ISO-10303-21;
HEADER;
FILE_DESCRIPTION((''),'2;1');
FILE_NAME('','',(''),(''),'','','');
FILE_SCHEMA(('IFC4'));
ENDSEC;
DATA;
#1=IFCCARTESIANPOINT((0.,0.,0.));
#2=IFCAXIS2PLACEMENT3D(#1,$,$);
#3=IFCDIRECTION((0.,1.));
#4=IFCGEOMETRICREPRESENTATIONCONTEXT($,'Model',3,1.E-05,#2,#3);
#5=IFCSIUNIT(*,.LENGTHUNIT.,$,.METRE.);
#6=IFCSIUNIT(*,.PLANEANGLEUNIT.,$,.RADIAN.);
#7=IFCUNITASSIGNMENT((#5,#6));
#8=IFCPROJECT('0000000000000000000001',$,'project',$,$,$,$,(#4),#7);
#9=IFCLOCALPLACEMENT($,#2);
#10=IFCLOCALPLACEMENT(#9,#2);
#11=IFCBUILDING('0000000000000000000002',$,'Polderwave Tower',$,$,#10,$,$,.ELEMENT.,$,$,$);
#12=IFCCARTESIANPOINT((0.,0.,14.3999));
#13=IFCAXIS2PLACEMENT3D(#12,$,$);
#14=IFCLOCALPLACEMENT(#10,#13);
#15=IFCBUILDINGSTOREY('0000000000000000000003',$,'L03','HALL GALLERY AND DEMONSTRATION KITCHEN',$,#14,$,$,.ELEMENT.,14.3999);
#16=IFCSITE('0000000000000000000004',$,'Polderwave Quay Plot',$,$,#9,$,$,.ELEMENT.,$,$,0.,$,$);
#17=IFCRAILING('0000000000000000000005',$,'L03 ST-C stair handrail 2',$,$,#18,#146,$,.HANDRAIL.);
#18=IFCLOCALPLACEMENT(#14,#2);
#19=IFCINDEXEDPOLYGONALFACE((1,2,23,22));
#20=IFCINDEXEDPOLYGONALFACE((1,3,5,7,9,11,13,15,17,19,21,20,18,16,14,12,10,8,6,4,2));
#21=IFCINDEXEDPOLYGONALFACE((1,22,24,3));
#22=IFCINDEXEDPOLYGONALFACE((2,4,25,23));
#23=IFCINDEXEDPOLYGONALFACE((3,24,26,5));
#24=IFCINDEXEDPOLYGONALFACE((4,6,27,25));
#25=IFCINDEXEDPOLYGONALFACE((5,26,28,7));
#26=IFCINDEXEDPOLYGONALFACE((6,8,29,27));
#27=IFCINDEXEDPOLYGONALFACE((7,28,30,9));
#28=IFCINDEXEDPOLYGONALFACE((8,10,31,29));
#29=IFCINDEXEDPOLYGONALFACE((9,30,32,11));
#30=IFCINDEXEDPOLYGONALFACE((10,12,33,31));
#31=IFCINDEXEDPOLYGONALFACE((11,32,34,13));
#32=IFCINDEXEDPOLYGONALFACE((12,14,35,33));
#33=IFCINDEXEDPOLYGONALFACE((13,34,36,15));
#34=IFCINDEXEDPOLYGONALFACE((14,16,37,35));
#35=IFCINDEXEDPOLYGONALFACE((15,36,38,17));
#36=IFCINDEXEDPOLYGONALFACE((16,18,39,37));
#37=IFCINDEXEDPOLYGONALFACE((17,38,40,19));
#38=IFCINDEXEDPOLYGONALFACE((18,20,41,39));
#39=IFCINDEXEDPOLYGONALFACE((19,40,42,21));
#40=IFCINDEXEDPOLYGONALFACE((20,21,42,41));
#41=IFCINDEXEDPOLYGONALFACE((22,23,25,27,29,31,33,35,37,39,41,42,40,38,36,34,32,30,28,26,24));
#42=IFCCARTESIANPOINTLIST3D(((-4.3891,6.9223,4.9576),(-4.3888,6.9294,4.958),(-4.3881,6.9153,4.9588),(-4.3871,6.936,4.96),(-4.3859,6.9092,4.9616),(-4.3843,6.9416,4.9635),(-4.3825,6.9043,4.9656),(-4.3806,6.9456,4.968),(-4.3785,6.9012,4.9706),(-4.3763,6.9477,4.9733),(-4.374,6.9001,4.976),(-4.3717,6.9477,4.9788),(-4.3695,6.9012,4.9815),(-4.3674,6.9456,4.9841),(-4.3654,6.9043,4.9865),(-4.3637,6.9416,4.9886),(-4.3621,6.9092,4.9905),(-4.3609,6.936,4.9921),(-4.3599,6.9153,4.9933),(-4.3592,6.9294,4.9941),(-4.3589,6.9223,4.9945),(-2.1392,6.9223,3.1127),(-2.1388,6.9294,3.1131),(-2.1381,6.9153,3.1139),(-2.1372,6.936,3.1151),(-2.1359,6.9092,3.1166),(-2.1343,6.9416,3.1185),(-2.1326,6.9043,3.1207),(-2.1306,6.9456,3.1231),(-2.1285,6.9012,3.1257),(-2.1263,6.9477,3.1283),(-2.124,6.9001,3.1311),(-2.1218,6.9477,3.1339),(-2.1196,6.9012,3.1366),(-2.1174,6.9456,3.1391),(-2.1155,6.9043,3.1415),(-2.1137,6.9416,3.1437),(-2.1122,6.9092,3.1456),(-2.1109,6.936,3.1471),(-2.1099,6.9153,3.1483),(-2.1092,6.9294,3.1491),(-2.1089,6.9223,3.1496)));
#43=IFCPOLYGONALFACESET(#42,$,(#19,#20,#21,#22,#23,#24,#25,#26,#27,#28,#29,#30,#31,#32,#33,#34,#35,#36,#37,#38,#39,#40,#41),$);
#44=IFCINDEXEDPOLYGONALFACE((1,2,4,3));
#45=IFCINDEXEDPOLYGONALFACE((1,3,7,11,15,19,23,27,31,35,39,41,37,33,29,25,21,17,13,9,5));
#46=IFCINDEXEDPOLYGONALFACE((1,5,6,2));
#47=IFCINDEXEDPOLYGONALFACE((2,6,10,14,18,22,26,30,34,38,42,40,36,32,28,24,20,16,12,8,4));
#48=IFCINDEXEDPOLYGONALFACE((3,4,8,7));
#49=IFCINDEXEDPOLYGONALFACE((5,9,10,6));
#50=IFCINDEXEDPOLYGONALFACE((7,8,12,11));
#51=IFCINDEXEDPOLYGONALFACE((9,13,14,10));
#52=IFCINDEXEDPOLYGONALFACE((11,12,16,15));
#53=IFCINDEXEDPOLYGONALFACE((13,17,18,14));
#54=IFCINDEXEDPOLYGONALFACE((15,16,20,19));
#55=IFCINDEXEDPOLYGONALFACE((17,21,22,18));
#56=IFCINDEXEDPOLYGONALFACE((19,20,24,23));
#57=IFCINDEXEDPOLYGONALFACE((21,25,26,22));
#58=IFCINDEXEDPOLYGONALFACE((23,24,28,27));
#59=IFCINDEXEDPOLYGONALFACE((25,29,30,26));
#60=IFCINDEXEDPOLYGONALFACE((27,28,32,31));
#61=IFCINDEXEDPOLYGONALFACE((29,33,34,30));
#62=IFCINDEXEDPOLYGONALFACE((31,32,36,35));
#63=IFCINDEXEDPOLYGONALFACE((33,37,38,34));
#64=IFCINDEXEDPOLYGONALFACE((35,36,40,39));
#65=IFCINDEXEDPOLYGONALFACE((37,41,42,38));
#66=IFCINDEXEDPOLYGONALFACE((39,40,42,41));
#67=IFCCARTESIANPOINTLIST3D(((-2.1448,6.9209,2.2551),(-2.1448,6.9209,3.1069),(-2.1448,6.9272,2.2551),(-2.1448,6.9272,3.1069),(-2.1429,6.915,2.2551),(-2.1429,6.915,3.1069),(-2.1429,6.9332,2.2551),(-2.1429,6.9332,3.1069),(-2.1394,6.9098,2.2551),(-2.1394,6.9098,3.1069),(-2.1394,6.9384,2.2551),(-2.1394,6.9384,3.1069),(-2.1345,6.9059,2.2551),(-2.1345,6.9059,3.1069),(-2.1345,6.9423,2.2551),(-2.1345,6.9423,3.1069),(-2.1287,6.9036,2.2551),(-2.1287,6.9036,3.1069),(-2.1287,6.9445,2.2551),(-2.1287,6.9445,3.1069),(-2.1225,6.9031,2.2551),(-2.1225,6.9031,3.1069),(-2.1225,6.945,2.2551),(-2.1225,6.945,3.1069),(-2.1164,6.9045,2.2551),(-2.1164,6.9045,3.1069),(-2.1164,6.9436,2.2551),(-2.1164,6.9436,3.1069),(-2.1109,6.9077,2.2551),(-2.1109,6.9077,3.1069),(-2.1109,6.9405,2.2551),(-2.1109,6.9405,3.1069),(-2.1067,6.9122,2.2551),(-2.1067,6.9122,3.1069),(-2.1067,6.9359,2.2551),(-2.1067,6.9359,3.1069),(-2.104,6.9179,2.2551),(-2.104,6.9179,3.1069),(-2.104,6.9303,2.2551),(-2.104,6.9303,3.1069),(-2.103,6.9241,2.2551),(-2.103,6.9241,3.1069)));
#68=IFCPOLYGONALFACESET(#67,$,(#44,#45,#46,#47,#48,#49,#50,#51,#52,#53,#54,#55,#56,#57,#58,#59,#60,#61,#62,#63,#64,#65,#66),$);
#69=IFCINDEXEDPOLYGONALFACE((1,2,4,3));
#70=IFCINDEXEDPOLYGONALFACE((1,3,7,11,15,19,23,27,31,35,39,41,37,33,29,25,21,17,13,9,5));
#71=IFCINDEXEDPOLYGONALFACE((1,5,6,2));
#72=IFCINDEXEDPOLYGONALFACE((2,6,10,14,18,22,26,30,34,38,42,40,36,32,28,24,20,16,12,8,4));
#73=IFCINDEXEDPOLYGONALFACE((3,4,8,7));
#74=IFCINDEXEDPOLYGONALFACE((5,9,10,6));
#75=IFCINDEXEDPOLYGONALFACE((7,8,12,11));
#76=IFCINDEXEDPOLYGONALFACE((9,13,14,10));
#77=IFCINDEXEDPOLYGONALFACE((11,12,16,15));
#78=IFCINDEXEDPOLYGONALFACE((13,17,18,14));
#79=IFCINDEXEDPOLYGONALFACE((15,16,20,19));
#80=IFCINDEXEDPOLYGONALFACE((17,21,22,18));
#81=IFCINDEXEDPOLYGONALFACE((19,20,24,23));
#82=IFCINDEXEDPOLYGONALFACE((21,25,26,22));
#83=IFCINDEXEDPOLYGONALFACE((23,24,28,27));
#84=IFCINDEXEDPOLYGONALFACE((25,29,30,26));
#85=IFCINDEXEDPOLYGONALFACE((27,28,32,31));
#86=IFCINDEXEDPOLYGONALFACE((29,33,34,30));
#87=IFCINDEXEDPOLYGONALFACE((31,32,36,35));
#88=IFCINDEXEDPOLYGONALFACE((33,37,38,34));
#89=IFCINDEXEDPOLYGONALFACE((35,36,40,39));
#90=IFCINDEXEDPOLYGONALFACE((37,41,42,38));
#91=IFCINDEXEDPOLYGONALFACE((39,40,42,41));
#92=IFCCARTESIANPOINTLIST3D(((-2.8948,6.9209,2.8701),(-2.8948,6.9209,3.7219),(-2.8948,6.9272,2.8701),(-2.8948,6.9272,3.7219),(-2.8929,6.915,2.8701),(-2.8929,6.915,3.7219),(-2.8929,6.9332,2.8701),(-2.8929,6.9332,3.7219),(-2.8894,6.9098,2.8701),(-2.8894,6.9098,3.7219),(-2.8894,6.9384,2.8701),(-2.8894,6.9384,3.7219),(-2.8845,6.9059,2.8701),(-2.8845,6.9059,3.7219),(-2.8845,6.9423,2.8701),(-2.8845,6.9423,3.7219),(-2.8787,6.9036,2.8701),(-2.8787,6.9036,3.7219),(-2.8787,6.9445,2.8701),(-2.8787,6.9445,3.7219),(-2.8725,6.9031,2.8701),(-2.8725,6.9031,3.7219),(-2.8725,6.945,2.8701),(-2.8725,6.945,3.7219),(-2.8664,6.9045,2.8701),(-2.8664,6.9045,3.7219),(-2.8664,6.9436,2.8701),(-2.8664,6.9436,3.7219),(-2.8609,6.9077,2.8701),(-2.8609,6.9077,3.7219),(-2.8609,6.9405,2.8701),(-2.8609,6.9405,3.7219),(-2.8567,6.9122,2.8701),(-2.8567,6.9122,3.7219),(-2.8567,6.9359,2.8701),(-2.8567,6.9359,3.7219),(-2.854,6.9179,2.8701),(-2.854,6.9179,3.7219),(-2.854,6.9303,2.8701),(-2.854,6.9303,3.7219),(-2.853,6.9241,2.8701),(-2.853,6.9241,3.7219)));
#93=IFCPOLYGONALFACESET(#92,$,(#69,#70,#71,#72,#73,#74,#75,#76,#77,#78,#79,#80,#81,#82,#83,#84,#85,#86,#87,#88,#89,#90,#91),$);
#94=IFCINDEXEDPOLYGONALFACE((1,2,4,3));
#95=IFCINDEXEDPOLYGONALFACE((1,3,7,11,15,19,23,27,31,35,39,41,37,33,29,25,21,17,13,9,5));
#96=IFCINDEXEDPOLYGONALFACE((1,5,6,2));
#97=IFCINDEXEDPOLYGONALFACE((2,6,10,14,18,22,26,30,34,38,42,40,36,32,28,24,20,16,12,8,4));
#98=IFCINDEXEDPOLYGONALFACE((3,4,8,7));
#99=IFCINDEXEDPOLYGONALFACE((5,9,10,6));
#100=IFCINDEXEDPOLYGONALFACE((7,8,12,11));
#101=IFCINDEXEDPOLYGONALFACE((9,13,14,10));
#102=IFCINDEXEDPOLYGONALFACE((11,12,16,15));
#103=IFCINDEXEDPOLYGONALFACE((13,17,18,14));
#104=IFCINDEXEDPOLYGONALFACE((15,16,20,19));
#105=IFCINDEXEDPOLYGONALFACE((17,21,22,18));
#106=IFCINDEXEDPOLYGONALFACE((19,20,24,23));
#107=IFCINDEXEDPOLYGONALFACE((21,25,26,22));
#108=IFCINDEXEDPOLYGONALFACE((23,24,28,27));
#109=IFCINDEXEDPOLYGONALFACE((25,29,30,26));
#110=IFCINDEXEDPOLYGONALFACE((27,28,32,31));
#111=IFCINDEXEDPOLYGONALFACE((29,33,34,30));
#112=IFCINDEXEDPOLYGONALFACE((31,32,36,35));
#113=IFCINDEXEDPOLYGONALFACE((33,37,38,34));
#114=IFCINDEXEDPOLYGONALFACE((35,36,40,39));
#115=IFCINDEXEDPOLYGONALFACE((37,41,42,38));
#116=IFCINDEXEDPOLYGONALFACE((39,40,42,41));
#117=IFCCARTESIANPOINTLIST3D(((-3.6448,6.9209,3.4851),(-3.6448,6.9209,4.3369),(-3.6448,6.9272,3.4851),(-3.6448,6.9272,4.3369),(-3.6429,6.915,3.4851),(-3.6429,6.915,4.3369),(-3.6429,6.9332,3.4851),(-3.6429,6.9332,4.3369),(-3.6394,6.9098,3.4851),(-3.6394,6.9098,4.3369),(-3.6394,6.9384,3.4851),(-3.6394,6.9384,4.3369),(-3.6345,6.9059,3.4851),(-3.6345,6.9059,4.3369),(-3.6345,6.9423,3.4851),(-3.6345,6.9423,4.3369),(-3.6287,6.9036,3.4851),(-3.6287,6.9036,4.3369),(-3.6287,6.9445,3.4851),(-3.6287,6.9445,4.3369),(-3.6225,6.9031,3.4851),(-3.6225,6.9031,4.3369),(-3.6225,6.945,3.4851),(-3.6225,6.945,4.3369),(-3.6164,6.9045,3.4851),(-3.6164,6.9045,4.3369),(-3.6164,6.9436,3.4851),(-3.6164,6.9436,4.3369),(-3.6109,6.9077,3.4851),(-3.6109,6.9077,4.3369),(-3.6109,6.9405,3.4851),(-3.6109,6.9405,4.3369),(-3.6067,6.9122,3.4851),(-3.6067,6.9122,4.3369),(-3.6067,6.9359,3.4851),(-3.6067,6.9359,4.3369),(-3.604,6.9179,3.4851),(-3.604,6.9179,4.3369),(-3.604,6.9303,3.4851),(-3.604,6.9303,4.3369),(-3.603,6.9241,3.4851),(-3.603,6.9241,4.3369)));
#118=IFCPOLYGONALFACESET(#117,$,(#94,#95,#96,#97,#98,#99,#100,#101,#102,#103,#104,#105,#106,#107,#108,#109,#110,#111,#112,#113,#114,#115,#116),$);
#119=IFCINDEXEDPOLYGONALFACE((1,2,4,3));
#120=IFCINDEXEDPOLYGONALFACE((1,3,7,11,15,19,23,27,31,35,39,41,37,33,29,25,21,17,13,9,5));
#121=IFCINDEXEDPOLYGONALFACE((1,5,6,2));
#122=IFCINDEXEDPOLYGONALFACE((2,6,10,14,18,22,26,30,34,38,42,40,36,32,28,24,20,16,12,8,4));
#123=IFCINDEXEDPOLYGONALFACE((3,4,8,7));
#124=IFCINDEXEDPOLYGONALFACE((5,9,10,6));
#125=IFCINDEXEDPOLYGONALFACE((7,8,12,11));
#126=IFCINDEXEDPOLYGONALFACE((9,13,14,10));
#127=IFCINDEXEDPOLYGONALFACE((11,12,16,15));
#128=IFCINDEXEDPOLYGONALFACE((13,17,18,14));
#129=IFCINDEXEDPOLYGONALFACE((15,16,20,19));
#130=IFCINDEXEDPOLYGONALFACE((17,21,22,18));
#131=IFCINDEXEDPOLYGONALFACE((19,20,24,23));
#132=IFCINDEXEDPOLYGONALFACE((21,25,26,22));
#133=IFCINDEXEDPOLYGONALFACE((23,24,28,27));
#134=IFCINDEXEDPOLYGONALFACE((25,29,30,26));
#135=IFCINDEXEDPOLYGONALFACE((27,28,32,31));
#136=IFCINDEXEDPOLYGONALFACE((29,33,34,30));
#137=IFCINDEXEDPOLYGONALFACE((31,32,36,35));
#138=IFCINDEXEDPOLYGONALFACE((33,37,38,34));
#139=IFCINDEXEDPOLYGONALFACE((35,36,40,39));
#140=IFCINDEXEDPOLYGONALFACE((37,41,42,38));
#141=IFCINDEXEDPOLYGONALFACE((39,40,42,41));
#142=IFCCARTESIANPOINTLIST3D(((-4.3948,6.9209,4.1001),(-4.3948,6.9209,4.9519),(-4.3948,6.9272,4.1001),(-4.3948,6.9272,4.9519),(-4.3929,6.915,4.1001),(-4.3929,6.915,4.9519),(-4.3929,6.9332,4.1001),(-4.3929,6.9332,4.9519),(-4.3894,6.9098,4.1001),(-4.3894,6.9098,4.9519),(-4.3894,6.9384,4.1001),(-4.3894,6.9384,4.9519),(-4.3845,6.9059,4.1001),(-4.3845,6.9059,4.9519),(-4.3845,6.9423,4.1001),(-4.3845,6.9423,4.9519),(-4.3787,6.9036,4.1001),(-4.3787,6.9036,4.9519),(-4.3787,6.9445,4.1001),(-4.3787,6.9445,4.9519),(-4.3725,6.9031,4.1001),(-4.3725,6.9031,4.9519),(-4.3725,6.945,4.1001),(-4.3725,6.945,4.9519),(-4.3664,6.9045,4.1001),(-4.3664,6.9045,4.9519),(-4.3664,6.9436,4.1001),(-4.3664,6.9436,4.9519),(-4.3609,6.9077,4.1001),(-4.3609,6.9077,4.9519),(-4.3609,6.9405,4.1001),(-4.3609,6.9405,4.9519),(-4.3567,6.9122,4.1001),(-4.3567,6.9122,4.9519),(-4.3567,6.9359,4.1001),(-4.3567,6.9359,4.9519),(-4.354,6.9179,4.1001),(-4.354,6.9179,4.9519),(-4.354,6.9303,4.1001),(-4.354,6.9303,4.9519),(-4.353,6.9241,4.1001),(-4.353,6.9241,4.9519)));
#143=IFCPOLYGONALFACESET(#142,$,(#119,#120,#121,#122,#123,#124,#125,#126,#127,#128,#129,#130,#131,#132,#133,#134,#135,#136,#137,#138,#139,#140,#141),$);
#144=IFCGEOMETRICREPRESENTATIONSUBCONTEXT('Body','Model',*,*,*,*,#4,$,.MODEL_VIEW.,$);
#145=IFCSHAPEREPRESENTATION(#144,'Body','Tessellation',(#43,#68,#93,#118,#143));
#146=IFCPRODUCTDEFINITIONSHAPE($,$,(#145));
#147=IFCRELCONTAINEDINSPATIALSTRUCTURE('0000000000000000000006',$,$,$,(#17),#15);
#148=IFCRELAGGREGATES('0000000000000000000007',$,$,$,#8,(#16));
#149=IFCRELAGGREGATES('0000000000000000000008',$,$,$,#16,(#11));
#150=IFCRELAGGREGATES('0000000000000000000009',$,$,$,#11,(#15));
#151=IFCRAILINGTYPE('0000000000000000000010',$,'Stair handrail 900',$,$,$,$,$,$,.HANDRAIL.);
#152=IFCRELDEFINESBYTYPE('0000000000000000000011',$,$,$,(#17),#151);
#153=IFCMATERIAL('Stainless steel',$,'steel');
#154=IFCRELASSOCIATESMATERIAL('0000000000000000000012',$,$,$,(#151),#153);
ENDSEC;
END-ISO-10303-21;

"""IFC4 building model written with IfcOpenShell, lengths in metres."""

from ifc_helpers import new_model, si_unit, direction, frame, origin, origin_2d, place, context, subcontext, project, spatial, circle, extrude, material, type_object, element, save


model = new_model("IFC4")

# Units and contexts
model_context = context("Model", 3, precision=1e-05, world=origin(), true_north=direction((0.0, 1.0)))
body_context = subcontext(model_context, "Body", "Model", "MODEL_VIEW")
ifc_project = project(units=[si_unit("LENGTHUNIT", "METRE"), si_unit("PLANEANGLEUNIT", "RADIAN")], contexts=[model_context])

# Site, building, storey
site_placement = place(None, origin())
site = spatial("IfcSite", under=ifc_project, at=site_placement, Name="Polderwave Quay Plot", CompositionType="ELEMENT", RefElevation=0.0)
building_placement = place(site_placement, origin())
building = spatial("IfcBuilding", under=site, at=building_placement, Name="Polderwave Tower", CompositionType="ELEMENT")
storey_placement = place(building_placement, frame((0.0, 0.0, 14.3999)))
storey = spatial("IfcBuildingStorey", under=building, at=storey_placement, Name="L03", Description="HALL GALLERY AND DEMONSTRATION KITCHEN", CompositionType="ELEMENT", Elevation=14.3999)

# Railing
ifc_material_1 = material(Name="Stainless steel", Category="steel")
railing_type_1 = type_object("IfcRailingType", Name="Stair handrail 900", PredefinedType="HANDRAIL", material=ifc_material_1)
railing_1_placement = place(storey_placement, frame((-2.124, 6.9241, 2.2551)))
element("IfcRailing", 1, at=railing_1_placement, inside=storey, type_object=railing_type_1, Name="L03 ST-C stair handrail 2", PredefinedType="HANDRAIL", context=body_context, shape_type="SweptSolid", body=[
    extrude(circle(Radius=0.0239, at=origin_2d()), frame((0.0, 0.0, 0.876), z_axis=(-0.773273, 0.0, 0.634074), x_axis=(0.0, -1.0, 0.0)), (0.0, 0.0, 1.0), 2.9097),
    extrude(circle(Radius=0.021, at=origin_2d()), origin(), (0.0, 0.0, 1.0), 0.8518),
    extrude(circle(Radius=0.021, at=origin_2d()), frame((-0.75, 0.0, 0.615)), (0.0, 0.0, 1.0), 0.8518),
    extrude(circle(Radius=0.021, at=origin_2d()), frame((-1.5, 0.0, 1.23)), (0.0, 0.0, 1.0), 0.8518),
    extrude(circle(Radius=0.021, at=origin_2d()), frame((-2.25, 0.0, 1.845)), (0.0, 0.0, 1.0), 0.8518),
])

save(model, "model.ifc")
